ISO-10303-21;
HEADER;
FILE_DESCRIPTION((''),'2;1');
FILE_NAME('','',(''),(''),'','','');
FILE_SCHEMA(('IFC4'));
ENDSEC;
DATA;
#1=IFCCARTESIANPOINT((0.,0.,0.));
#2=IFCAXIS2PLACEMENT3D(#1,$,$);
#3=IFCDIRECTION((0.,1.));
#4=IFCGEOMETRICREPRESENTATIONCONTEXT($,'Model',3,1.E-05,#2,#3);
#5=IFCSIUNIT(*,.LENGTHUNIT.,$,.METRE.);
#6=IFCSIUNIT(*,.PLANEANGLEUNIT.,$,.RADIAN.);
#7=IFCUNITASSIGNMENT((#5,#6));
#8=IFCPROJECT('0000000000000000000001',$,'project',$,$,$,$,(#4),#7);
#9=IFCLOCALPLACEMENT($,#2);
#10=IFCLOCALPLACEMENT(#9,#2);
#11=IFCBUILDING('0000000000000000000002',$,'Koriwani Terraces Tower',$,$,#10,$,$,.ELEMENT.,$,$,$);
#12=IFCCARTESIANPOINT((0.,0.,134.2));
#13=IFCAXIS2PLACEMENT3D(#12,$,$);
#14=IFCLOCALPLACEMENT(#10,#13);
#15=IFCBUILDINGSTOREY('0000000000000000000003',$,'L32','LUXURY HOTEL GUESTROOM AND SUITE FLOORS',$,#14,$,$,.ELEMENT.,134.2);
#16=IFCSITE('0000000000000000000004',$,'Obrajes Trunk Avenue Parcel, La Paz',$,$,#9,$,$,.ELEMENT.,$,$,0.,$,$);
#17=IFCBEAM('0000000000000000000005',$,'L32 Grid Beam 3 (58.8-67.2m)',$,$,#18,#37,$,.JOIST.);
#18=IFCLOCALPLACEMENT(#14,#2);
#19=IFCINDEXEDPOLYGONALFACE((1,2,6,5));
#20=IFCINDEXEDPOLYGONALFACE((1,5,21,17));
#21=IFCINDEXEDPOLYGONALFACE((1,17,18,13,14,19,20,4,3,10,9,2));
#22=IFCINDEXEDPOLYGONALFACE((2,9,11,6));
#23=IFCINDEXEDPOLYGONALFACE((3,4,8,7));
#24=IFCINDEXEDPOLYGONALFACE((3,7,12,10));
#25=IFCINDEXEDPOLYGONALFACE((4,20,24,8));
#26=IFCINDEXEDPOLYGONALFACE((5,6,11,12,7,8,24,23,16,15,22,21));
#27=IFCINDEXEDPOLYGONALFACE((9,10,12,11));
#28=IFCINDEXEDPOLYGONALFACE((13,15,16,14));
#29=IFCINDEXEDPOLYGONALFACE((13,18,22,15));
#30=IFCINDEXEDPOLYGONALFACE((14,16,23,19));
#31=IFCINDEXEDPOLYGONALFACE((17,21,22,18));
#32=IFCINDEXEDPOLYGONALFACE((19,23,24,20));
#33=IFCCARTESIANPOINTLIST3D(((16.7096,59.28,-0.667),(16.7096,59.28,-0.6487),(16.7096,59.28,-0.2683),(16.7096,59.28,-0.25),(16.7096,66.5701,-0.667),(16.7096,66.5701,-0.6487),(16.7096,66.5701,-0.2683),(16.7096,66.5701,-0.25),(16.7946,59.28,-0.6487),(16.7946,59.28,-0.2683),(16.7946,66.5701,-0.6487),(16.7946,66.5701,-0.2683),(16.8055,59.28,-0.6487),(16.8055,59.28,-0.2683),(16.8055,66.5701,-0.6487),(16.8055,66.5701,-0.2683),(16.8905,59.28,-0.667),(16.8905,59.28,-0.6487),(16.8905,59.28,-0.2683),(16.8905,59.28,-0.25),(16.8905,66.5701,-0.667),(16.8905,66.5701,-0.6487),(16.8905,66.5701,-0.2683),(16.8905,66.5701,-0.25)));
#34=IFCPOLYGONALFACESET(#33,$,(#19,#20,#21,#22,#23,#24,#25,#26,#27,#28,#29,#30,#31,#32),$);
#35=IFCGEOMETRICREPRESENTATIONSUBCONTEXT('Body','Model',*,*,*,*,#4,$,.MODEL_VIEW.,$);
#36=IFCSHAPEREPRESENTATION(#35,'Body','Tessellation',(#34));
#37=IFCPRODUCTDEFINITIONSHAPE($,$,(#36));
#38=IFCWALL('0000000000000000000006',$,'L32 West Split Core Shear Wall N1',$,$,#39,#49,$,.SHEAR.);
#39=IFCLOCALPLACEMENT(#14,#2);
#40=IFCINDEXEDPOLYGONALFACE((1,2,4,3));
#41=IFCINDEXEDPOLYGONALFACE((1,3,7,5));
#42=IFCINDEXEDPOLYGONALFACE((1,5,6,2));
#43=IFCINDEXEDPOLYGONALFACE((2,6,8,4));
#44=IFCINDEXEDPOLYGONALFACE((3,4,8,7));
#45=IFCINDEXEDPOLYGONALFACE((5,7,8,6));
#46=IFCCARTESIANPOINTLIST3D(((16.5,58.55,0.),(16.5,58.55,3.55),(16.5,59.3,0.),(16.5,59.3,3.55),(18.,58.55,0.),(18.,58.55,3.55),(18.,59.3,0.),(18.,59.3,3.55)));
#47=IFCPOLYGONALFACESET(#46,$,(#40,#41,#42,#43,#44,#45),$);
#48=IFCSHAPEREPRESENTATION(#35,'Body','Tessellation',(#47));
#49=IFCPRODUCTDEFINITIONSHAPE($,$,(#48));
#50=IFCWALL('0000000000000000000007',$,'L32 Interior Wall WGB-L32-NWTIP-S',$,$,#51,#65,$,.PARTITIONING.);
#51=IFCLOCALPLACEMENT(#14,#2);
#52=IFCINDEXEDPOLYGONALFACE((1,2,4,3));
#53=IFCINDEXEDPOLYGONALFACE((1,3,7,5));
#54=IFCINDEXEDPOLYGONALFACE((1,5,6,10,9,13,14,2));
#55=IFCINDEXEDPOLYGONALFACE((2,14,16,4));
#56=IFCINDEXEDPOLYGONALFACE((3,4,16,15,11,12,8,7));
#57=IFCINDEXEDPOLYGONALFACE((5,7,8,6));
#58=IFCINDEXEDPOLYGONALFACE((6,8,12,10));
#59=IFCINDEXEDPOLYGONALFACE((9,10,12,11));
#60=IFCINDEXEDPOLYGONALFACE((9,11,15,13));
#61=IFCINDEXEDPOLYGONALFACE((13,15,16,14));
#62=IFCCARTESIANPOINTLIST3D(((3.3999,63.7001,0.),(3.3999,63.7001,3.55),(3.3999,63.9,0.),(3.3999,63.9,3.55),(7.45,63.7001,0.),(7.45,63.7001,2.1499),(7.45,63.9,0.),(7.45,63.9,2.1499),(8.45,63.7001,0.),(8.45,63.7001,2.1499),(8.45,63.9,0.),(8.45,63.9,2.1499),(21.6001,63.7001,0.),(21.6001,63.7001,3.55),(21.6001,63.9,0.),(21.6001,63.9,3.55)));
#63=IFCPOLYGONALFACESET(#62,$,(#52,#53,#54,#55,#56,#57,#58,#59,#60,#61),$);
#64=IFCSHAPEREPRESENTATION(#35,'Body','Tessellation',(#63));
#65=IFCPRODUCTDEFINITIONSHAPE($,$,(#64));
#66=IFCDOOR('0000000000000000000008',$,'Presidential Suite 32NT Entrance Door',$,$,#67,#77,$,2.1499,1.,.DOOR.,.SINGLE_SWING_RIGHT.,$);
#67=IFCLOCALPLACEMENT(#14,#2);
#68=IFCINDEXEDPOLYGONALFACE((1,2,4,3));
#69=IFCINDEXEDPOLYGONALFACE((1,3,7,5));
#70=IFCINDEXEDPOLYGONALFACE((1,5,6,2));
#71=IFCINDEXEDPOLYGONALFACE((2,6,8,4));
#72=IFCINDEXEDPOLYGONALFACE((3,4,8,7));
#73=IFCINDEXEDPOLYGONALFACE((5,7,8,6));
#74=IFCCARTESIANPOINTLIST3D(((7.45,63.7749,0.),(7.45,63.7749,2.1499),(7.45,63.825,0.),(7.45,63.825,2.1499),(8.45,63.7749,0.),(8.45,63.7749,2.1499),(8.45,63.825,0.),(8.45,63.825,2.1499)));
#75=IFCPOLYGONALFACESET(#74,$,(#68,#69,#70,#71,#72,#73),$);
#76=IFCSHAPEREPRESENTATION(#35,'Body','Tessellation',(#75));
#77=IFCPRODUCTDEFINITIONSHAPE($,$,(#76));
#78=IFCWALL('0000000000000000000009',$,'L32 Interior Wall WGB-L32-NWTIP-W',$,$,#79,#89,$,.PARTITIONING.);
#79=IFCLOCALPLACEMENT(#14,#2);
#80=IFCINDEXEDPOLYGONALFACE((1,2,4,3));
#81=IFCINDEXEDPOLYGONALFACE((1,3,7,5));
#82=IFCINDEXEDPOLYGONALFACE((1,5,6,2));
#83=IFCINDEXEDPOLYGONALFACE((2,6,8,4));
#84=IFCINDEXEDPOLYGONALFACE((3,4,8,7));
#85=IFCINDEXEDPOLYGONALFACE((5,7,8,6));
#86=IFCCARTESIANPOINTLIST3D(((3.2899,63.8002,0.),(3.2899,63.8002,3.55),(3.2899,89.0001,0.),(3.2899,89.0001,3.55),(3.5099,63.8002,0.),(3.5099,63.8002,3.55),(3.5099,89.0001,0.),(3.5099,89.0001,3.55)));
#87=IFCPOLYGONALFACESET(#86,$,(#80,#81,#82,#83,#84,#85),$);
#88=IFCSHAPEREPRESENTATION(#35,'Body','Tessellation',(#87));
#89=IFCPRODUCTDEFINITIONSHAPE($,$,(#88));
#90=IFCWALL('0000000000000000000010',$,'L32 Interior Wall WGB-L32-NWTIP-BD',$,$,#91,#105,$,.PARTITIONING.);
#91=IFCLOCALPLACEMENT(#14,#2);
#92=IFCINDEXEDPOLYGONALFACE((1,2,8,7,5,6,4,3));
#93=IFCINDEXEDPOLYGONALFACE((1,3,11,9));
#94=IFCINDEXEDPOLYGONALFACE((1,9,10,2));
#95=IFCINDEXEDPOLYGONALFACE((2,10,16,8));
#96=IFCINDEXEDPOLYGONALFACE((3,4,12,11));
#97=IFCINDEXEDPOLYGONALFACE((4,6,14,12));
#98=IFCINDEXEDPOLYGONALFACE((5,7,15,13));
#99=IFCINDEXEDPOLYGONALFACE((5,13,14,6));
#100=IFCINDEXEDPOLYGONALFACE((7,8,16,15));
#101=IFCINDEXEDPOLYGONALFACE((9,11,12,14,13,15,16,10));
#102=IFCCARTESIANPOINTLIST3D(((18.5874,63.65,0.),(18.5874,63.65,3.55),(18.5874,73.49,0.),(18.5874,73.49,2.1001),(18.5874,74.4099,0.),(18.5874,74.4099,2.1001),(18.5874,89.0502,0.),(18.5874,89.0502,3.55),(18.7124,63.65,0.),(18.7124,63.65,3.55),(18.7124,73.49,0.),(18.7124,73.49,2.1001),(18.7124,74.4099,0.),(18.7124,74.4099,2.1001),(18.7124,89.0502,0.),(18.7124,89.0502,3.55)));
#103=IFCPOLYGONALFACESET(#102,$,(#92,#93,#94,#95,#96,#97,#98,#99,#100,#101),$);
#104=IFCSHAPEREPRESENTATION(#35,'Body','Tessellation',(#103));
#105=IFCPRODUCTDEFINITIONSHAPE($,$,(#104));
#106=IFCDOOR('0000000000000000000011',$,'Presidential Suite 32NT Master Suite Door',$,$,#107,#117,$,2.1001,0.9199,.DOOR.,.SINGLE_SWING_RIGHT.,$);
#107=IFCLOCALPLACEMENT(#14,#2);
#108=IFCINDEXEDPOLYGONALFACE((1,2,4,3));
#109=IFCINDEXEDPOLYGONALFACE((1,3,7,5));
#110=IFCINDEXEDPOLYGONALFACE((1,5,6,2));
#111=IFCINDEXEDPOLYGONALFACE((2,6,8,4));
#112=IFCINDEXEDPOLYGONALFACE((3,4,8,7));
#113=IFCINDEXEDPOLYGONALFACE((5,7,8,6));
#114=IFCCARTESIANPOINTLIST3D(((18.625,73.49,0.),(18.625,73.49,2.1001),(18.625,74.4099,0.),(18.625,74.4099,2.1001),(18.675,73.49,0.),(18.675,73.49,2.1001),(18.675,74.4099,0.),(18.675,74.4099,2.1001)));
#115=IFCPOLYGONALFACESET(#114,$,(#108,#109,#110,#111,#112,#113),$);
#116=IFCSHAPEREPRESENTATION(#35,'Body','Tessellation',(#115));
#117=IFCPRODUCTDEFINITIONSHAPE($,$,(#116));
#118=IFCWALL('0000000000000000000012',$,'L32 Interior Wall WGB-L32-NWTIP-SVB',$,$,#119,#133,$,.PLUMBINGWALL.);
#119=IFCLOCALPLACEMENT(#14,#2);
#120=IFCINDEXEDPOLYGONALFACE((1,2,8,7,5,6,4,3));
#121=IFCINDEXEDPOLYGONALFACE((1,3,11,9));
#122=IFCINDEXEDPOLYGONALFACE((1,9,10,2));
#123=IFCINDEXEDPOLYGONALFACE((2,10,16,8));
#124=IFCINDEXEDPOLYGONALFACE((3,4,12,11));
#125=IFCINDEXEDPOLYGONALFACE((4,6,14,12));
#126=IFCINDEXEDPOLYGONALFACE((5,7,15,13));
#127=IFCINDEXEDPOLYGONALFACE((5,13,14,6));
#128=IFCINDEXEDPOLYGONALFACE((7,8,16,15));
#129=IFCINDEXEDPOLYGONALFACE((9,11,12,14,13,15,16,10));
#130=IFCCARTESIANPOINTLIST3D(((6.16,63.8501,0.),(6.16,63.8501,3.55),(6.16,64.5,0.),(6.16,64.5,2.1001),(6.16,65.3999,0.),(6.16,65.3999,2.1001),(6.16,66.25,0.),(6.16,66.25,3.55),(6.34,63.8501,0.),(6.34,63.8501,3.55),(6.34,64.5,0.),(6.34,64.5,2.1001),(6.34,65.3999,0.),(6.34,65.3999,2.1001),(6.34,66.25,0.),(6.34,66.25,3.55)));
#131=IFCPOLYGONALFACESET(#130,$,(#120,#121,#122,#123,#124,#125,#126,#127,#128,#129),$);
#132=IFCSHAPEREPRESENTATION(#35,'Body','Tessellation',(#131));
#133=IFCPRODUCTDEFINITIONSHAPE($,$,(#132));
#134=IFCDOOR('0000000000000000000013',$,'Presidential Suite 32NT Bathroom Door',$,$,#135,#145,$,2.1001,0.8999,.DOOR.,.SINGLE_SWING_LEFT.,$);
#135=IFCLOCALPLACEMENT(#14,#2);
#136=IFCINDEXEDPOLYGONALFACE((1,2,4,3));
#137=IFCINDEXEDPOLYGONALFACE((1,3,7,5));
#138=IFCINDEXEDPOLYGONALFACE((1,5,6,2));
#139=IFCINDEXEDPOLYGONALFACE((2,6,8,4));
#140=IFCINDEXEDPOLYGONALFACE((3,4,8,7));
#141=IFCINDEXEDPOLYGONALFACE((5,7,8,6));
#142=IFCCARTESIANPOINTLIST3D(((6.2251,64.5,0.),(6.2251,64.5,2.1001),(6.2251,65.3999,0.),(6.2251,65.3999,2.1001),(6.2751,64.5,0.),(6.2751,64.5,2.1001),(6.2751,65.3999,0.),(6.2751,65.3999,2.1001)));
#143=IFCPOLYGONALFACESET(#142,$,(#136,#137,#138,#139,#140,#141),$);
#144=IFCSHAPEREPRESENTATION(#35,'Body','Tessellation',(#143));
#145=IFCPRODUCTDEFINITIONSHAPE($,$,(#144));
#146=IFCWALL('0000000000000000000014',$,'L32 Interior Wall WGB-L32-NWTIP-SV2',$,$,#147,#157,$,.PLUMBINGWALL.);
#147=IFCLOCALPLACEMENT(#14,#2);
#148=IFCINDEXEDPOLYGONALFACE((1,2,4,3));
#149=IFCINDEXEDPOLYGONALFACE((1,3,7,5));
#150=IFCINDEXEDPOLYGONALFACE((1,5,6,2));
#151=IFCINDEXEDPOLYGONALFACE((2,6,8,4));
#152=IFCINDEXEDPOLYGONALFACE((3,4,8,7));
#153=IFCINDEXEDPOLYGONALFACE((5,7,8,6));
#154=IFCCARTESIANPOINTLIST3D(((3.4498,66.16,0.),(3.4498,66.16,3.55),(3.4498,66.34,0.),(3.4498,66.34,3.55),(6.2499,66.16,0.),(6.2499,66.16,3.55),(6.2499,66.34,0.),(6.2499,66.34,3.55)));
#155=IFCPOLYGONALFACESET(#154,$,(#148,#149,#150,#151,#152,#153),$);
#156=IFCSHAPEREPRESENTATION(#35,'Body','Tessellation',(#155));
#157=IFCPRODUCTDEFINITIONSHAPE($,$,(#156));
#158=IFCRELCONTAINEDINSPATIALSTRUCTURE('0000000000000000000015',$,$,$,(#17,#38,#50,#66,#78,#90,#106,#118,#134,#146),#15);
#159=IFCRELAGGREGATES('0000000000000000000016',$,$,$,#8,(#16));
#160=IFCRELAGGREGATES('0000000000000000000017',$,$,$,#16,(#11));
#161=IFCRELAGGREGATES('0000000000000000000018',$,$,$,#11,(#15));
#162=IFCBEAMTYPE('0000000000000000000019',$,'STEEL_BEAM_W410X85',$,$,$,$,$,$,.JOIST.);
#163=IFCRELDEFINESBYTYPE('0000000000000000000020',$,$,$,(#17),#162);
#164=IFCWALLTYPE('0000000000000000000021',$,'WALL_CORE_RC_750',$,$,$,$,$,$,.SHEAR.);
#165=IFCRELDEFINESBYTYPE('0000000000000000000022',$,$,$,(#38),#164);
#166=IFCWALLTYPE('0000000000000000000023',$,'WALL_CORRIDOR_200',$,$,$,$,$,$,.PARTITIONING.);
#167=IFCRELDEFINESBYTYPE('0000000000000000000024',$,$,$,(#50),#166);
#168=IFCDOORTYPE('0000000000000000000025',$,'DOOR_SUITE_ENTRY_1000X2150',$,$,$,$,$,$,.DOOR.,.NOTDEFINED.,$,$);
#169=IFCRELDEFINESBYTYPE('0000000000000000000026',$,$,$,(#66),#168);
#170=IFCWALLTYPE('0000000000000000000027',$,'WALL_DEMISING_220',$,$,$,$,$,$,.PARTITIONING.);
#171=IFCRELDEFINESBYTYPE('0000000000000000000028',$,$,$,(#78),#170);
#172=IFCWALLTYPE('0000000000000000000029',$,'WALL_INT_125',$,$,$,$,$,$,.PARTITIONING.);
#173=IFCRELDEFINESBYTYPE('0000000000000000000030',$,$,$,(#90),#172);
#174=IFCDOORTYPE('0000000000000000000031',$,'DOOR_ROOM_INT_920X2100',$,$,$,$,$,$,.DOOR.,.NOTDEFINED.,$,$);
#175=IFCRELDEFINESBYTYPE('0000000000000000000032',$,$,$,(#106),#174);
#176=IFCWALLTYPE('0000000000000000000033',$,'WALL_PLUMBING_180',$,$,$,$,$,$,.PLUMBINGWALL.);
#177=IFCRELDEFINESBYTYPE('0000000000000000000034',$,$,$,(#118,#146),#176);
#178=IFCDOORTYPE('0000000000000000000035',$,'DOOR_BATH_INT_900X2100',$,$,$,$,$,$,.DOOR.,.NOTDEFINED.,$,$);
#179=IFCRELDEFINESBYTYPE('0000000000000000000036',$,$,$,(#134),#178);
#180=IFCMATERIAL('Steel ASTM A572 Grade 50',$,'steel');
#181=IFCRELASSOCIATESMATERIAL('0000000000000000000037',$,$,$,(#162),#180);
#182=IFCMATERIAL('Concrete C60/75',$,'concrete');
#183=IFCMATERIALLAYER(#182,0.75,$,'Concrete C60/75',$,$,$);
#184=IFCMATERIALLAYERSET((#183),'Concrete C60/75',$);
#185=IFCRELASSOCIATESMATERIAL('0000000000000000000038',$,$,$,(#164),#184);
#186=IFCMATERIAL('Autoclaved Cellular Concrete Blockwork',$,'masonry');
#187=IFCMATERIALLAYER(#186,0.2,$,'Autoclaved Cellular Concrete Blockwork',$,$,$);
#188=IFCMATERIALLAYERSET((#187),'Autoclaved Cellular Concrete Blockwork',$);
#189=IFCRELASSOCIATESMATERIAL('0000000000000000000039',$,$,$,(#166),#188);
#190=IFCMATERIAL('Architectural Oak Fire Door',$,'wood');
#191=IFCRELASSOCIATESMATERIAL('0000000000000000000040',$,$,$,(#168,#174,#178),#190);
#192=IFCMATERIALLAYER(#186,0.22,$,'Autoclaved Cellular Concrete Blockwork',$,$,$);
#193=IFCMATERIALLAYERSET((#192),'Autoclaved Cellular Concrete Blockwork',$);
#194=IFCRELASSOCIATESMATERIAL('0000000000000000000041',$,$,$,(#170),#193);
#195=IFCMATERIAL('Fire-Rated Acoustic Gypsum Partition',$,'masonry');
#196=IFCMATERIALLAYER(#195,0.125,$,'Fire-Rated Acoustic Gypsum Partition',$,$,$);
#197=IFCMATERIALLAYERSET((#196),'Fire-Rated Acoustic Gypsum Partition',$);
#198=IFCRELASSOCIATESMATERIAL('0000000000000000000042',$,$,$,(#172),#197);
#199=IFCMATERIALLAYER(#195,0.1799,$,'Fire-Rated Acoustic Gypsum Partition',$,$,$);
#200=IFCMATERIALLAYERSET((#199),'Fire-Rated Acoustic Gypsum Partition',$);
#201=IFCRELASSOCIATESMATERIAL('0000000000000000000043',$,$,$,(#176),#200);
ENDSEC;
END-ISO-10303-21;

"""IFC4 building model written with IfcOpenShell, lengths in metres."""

from ifc_helpers import new_model, si_unit, direction, frame, frame_2d, origin, origin_2d, place, context, subcontext, project, spatial, rectangle, i_section, extrude, material, layer, layer_set, material_profile, profile_set, type_object, element, fill, save


model = new_model("IFC4")

# Units and contexts
model_context = context("Model", 3, precision=1e-05, world=origin(), true_north=direction((0.0, 1.0)))
body_context = subcontext(model_context, "Body", "Model", "MODEL_VIEW")
ifc_project = project(units=[si_unit("LENGTHUNIT", "METRE"), si_unit("PLANEANGLEUNIT", "RADIAN")], contexts=[model_context])

# Site, building, storey
site_placement = place(None, origin())
site = spatial("IfcSite", under=ifc_project, at=site_placement, Name="Obrajes Trunk Avenue Parcel, La Paz", CompositionType="ELEMENT", RefElevation=0.0)
building_placement = place(site_placement, origin())
building = spatial("IfcBuilding", under=site, at=building_placement, Name="Koriwani Terraces Tower", CompositionType="ELEMENT")
storey_placement = place(building_placement, frame((0.0, 0.0, 134.2)))
storey = spatial("IfcBuildingStorey", under=building, at=storey_placement, Name="L32", Description="LUXURY HOTEL GUESTROOM AND SUITE FLOORS", CompositionType="ELEMENT", Elevation=134.2)

# Shared definitions
ifc_material_1 = material(Name="Concrete C60/75", Category="concrete")

# Beam
ifc_material_2 = material(Name="Steel ASTM A572 Grade 50", Category="steel")
ifc_material_profile_1 = material_profile(ifc_material_2, i_section(OverallWidth=0.1809, OverallDepth=0.417, WebThickness=0.011, FlangeThickness=0.0183, at=origin_2d()), Name="Steel ASTM A572 Grade 50", Category="LoadBearing")
ifc_profile_set_1 = profile_set([ifc_material_profile_1], Name="Steel ASTM A572 Grade 50")
beam_type_1 = type_object("IfcBeamType", Name="STEEL_BEAM_W410X85", PredefinedType="JOIST", material=ifc_profile_set_1)
beam_1_placement = place(storey_placement, frame((16.8, 59.28, -0.4585), z_axis=(0.0, 1.0, 0.0), x_axis=(-1.0, 0.0, 0.0)))
element("IfcBeam", 1, at=beam_1_placement, inside=storey, type_object=beam_type_1, Name="L32 Grid Beam 3 (58.8-67.2m)", PredefinedType="JOIST", context=body_context, shape_type="SweptSolid", body=[
    extrude(i_section(OverallWidth=0.1809, OverallDepth=0.417, WebThickness=0.011, FlangeThickness=0.0183, at=origin_2d()), origin(), (0.0, 0.0, 1.0), 7.29),
])

# Wall
ifc_layer_1 = layer(ifc_material_1, 0.75, Name="Concrete C60/75")
ifc_layer_set_1 = layer_set([ifc_layer_1], Name="Concrete C60/75")
wall_type_1 = type_object("IfcWallType", Name="WALL_CORE_RC_750", PredefinedType="SHEAR", material=ifc_layer_set_1)
wall_1_placement = place(storey_placement, frame((16.5, 58.925, 0.0), z_axis=(0.0, 0.0, 1.0), x_axis=(1.0, 0.0, 0.0)))
element("IfcWall", 2, at=wall_1_placement, inside=storey, type_object=wall_type_1, Name="L32 West Split Core Shear Wall N1", PredefinedType="SHEAR", context=body_context, shape_type="SweptSolid", body=[
    extrude(rectangle(XDim=1.5, YDim=0.75, at=frame_2d((0.75, 0.0))), origin(), (0.0, 0.0, 1.0), 3.55),
])

# Wall, opening, door
ifc_material_3 = material(Name="Autoclaved Cellular Concrete Blockwork", Category="masonry")
ifc_layer_2 = layer(ifc_material_3, 0.2, Name="Autoclaved Cellular Concrete Blockwork")
ifc_layer_set_2 = layer_set([ifc_layer_2], Name="Autoclaved Cellular Concrete Blockwork")
wall_type_2 = type_object("IfcWallType", Name="WALL_CORRIDOR_200", PredefinedType="PARTITIONING", material=ifc_layer_set_2)
wall_2_placement = place(storey_placement, frame((3.3999, 63.8, 0.0), z_axis=(0.0, 0.0, 1.0), x_axis=(1.0, 0.0, 0.0)))
wall_2 = element("IfcWall", 3, at=wall_2_placement, inside=storey, type_object=wall_type_2, Name="L32 Interior Wall WGB-L32-NWTIP-S", PredefinedType="PARTITIONING", context=body_context, shape_type="SweptSolid", body=[
    extrude(rectangle(XDim=18.2002, YDim=0.2, at=frame_2d((9.1001, 0.0))), origin(), (0.0, 0.0, 1.0), 3.55),
])
opening_1_placement = place(wall_2_placement, frame((4.05, 0.0, 0.0)))
opening_1 = element("IfcOpeningElement", 4, at=opening_1_placement, cuts=wall_2, PredefinedType="OPENING", context=body_context, shape_type="SweptSolid", body=[
    extrude(rectangle(XDim=1.0, YDim=2.1499, at=frame_2d((0.5, 1.075))), frame((0.0, 0.1099, 0.0), z_axis=(0.0, -1.0, 0.0), x_axis=(1.0, 0.0, 0.0)), (0.0, 0.0, 1.0), 0.22),
])
ifc_material_4 = material(Name="Architectural Oak Fire Door", Category="wood")
door_type_1 = type_object("IfcDoorType", Name="DOOR_SUITE_ENTRY_1000X2150", OperationType="NOTDEFINED", PredefinedType="DOOR", material=ifc_material_4)
door_1_placement = place(opening_1_placement, origin())
door_1 = element("IfcDoor", 5, at=door_1_placement, inside=storey, type_object=door_type_1, Name="Presidential Suite 32NT Entrance Door", OperationType="SINGLE_SWING_RIGHT", OverallHeight=2.1499, OverallWidth=1.0, PredefinedType="DOOR", context=body_context, shape_type="SweptSolid", body=[
    extrude(rectangle(XDim=1.0, YDim=2.1499, at=frame_2d((0.5, 1.075))), frame((0.0, 0.0249, 0.0), z_axis=(0.0, -1.0, 0.0), x_axis=(1.0, 0.0, 0.0)), (0.0, 0.0, 1.0), 0.05),
])
fill(opening_1, door_1)

# Wall
ifc_layer_3 = layer(ifc_material_3, 0.22, Name="Autoclaved Cellular Concrete Blockwork")
ifc_layer_set_3 = layer_set([ifc_layer_3], Name="Autoclaved Cellular Concrete Blockwork")
wall_type_3 = type_object("IfcWallType", Name="WALL_DEMISING_220", PredefinedType="PARTITIONING", material=ifc_layer_set_3)
wall_3_placement = place(storey_placement, frame((3.3999, 63.8, 0.0), z_axis=(0.0, 0.0, 1.0), x_axis=(0.0, 1.0, 0.0)))
element("IfcWall", 6, at=wall_3_placement, inside=storey, type_object=wall_type_3, Name="L32 Interior Wall WGB-L32-NWTIP-W", PredefinedType="PARTITIONING", context=body_context, shape_type="SweptSolid", body=[
    extrude(rectangle(XDim=25.2, YDim=0.22, at=frame_2d((12.6001, 0.0))), origin(), (0.0, 0.0, 1.0), 3.55),
])

# Walls, openings, doors
ifc_material_5 = material(Name="Fire-Rated Acoustic Gypsum Partition", Category="masonry")
ifc_layer_4 = layer(ifc_material_5, 0.125, Name="Fire-Rated Acoustic Gypsum Partition")
ifc_layer_set_4 = layer_set([ifc_layer_4], Name="Fire-Rated Acoustic Gypsum Partition")
wall_type_4 = type_object("IfcWallType", Name="WALL_INT_125", PredefinedType="PARTITIONING", material=ifc_layer_set_4)
wall_4_placement = place(storey_placement, frame((18.6499, 63.6499, 0.0), z_axis=(0.0, 0.0, 1.0), x_axis=(0.0, 1.0, 0.0)))
wall_4 = element("IfcWall", 7, at=wall_4_placement, inside=storey, type_object=wall_type_4, Name="L32 Interior Wall WGB-L32-NWTIP-BD", PredefinedType="PARTITIONING", context=body_context, shape_type="SweptSolid", body=[
    extrude(rectangle(XDim=25.4001, YDim=0.125, at=frame_2d((12.7002, 0.0))), origin(), (0.0, 0.0, 1.0), 3.55),
])
opening_2_placement = place(wall_4_placement, frame((9.8401, 0.0, 0.0)))
opening_2 = element("IfcOpeningElement", 8, at=opening_2_placement, cuts=wall_4, PredefinedType="OPENING", context=body_context, shape_type="SweptSolid", body=[
    extrude(rectangle(XDim=0.9199, YDim=2.1001, at=frame_2d((0.46, 1.05))), frame((0.0, 0.0725, 0.0), z_axis=(0.0, -1.0, 0.0), x_axis=(1.0, 0.0, 0.0)), (0.0, 0.0, 1.0), 0.145),
])
door_type_2 = type_object("IfcDoorType", Name="DOOR_ROOM_INT_920X2100", OperationType="NOTDEFINED", PredefinedType="DOOR", material=ifc_material_4)
door_2_placement = place(opening_2_placement, origin())
door_2 = element("IfcDoor", 9, at=door_2_placement, inside=storey, type_object=door_type_2, Name="Presidential Suite 32NT Master Suite Door", OperationType="SINGLE_SWING_RIGHT", OverallHeight=2.1001, OverallWidth=0.9199, PredefinedType="DOOR", context=body_context, shape_type="SweptSolid", body=[
    extrude(rectangle(XDim=0.9199, YDim=2.1001, at=frame_2d((0.46, 1.05))), frame((0.0, 0.0249, 0.0), z_axis=(0.0, -1.0, 0.0), x_axis=(1.0, 0.0, 0.0)), (0.0, 0.0, 1.0), 0.05),
])
fill(opening_2, door_2)
ifc_layer_5 = layer(ifc_material_5, 0.1799, Name="Fire-Rated Acoustic Gypsum Partition")
ifc_layer_set_5 = layer_set([ifc_layer_5], Name="Fire-Rated Acoustic Gypsum Partition")
wall_type_5 = type_object("IfcWallType", Name="WALL_PLUMBING_180", PredefinedType="PLUMBINGWALL", material=ifc_layer_set_5)
wall_5_placement = place(storey_placement, frame((6.25, 63.8501, 0.0), z_axis=(0.0, 0.0, 1.0), x_axis=(0.0, 1.0, 0.0)))
wall_5 = element("IfcWall", 10, at=wall_5_placement, inside=storey, type_object=wall_type_5, Name="L32 Interior Wall WGB-L32-NWTIP-SVB", PredefinedType="PLUMBINGWALL", context=body_context, shape_type="SweptSolid", body=[
    extrude(rectangle(XDim=2.3999, YDim=0.1799, at=frame_2d((1.2, 0.0))), origin(), (0.0, 0.0, 1.0), 3.55),
])
opening_3_placement = place(wall_5_placement, frame((0.6499, 0.0, 0.0)))
opening_3 = element("IfcOpeningElement", 11, at=opening_3_placement, cuts=wall_5, PredefinedType="OPENING", context=body_context, shape_type="SweptSolid", body=[
    extrude(rectangle(XDim=0.8999, YDim=2.1001, at=frame_2d((0.45, 1.05))), frame((0.0, 0.1001, 0.0), z_axis=(0.0, -1.0, 0.0), x_axis=(1.0, 0.0, 0.0)), (0.0, 0.0, 1.0), 0.2),
])
door_type_3 = type_object("IfcDoorType", Name="DOOR_BATH_INT_900X2100", OperationType="NOTDEFINED", PredefinedType="DOOR", material=ifc_material_4)
door_3_placement = place(opening_3_placement, origin())
door_3 = element("IfcDoor", 12, at=door_3_placement, inside=storey, type_object=door_type_3, Name="Presidential Suite 32NT Bathroom Door", OperationType="SINGLE_SWING_LEFT", OverallHeight=2.1001, OverallWidth=0.8999, PredefinedType="DOOR", context=body_context, shape_type="SweptSolid", body=[
    extrude(rectangle(XDim=0.8999, YDim=2.1001, at=frame_2d((0.45, 1.05))), frame((0.0, 0.0249, 0.0), z_axis=(0.0, -1.0, 0.0), x_axis=(1.0, 0.0, 0.0)), (0.0, 0.0, 1.0), 0.05),
])
fill(opening_3, door_3)

# Wall
wall_6_placement = place(storey_placement, frame((3.45, 66.25, 0.0), z_axis=(0.0, 0.0, 1.0), x_axis=(1.0, 0.0, 0.0)))
element("IfcWall", 13, at=wall_6_placement, inside=storey, type_object=wall_type_5, Name="L32 Interior Wall WGB-L32-NWTIP-SV2", PredefinedType="PLUMBINGWALL", context=body_context, shape_type="SweptSolid", body=[
    extrude(rectangle(XDim=2.8, YDim=0.1799, at=frame_2d((1.3999, 0.0))), origin(), (0.0, 0.0, 1.0), 3.55),
])

save(model, "model.ifc")
